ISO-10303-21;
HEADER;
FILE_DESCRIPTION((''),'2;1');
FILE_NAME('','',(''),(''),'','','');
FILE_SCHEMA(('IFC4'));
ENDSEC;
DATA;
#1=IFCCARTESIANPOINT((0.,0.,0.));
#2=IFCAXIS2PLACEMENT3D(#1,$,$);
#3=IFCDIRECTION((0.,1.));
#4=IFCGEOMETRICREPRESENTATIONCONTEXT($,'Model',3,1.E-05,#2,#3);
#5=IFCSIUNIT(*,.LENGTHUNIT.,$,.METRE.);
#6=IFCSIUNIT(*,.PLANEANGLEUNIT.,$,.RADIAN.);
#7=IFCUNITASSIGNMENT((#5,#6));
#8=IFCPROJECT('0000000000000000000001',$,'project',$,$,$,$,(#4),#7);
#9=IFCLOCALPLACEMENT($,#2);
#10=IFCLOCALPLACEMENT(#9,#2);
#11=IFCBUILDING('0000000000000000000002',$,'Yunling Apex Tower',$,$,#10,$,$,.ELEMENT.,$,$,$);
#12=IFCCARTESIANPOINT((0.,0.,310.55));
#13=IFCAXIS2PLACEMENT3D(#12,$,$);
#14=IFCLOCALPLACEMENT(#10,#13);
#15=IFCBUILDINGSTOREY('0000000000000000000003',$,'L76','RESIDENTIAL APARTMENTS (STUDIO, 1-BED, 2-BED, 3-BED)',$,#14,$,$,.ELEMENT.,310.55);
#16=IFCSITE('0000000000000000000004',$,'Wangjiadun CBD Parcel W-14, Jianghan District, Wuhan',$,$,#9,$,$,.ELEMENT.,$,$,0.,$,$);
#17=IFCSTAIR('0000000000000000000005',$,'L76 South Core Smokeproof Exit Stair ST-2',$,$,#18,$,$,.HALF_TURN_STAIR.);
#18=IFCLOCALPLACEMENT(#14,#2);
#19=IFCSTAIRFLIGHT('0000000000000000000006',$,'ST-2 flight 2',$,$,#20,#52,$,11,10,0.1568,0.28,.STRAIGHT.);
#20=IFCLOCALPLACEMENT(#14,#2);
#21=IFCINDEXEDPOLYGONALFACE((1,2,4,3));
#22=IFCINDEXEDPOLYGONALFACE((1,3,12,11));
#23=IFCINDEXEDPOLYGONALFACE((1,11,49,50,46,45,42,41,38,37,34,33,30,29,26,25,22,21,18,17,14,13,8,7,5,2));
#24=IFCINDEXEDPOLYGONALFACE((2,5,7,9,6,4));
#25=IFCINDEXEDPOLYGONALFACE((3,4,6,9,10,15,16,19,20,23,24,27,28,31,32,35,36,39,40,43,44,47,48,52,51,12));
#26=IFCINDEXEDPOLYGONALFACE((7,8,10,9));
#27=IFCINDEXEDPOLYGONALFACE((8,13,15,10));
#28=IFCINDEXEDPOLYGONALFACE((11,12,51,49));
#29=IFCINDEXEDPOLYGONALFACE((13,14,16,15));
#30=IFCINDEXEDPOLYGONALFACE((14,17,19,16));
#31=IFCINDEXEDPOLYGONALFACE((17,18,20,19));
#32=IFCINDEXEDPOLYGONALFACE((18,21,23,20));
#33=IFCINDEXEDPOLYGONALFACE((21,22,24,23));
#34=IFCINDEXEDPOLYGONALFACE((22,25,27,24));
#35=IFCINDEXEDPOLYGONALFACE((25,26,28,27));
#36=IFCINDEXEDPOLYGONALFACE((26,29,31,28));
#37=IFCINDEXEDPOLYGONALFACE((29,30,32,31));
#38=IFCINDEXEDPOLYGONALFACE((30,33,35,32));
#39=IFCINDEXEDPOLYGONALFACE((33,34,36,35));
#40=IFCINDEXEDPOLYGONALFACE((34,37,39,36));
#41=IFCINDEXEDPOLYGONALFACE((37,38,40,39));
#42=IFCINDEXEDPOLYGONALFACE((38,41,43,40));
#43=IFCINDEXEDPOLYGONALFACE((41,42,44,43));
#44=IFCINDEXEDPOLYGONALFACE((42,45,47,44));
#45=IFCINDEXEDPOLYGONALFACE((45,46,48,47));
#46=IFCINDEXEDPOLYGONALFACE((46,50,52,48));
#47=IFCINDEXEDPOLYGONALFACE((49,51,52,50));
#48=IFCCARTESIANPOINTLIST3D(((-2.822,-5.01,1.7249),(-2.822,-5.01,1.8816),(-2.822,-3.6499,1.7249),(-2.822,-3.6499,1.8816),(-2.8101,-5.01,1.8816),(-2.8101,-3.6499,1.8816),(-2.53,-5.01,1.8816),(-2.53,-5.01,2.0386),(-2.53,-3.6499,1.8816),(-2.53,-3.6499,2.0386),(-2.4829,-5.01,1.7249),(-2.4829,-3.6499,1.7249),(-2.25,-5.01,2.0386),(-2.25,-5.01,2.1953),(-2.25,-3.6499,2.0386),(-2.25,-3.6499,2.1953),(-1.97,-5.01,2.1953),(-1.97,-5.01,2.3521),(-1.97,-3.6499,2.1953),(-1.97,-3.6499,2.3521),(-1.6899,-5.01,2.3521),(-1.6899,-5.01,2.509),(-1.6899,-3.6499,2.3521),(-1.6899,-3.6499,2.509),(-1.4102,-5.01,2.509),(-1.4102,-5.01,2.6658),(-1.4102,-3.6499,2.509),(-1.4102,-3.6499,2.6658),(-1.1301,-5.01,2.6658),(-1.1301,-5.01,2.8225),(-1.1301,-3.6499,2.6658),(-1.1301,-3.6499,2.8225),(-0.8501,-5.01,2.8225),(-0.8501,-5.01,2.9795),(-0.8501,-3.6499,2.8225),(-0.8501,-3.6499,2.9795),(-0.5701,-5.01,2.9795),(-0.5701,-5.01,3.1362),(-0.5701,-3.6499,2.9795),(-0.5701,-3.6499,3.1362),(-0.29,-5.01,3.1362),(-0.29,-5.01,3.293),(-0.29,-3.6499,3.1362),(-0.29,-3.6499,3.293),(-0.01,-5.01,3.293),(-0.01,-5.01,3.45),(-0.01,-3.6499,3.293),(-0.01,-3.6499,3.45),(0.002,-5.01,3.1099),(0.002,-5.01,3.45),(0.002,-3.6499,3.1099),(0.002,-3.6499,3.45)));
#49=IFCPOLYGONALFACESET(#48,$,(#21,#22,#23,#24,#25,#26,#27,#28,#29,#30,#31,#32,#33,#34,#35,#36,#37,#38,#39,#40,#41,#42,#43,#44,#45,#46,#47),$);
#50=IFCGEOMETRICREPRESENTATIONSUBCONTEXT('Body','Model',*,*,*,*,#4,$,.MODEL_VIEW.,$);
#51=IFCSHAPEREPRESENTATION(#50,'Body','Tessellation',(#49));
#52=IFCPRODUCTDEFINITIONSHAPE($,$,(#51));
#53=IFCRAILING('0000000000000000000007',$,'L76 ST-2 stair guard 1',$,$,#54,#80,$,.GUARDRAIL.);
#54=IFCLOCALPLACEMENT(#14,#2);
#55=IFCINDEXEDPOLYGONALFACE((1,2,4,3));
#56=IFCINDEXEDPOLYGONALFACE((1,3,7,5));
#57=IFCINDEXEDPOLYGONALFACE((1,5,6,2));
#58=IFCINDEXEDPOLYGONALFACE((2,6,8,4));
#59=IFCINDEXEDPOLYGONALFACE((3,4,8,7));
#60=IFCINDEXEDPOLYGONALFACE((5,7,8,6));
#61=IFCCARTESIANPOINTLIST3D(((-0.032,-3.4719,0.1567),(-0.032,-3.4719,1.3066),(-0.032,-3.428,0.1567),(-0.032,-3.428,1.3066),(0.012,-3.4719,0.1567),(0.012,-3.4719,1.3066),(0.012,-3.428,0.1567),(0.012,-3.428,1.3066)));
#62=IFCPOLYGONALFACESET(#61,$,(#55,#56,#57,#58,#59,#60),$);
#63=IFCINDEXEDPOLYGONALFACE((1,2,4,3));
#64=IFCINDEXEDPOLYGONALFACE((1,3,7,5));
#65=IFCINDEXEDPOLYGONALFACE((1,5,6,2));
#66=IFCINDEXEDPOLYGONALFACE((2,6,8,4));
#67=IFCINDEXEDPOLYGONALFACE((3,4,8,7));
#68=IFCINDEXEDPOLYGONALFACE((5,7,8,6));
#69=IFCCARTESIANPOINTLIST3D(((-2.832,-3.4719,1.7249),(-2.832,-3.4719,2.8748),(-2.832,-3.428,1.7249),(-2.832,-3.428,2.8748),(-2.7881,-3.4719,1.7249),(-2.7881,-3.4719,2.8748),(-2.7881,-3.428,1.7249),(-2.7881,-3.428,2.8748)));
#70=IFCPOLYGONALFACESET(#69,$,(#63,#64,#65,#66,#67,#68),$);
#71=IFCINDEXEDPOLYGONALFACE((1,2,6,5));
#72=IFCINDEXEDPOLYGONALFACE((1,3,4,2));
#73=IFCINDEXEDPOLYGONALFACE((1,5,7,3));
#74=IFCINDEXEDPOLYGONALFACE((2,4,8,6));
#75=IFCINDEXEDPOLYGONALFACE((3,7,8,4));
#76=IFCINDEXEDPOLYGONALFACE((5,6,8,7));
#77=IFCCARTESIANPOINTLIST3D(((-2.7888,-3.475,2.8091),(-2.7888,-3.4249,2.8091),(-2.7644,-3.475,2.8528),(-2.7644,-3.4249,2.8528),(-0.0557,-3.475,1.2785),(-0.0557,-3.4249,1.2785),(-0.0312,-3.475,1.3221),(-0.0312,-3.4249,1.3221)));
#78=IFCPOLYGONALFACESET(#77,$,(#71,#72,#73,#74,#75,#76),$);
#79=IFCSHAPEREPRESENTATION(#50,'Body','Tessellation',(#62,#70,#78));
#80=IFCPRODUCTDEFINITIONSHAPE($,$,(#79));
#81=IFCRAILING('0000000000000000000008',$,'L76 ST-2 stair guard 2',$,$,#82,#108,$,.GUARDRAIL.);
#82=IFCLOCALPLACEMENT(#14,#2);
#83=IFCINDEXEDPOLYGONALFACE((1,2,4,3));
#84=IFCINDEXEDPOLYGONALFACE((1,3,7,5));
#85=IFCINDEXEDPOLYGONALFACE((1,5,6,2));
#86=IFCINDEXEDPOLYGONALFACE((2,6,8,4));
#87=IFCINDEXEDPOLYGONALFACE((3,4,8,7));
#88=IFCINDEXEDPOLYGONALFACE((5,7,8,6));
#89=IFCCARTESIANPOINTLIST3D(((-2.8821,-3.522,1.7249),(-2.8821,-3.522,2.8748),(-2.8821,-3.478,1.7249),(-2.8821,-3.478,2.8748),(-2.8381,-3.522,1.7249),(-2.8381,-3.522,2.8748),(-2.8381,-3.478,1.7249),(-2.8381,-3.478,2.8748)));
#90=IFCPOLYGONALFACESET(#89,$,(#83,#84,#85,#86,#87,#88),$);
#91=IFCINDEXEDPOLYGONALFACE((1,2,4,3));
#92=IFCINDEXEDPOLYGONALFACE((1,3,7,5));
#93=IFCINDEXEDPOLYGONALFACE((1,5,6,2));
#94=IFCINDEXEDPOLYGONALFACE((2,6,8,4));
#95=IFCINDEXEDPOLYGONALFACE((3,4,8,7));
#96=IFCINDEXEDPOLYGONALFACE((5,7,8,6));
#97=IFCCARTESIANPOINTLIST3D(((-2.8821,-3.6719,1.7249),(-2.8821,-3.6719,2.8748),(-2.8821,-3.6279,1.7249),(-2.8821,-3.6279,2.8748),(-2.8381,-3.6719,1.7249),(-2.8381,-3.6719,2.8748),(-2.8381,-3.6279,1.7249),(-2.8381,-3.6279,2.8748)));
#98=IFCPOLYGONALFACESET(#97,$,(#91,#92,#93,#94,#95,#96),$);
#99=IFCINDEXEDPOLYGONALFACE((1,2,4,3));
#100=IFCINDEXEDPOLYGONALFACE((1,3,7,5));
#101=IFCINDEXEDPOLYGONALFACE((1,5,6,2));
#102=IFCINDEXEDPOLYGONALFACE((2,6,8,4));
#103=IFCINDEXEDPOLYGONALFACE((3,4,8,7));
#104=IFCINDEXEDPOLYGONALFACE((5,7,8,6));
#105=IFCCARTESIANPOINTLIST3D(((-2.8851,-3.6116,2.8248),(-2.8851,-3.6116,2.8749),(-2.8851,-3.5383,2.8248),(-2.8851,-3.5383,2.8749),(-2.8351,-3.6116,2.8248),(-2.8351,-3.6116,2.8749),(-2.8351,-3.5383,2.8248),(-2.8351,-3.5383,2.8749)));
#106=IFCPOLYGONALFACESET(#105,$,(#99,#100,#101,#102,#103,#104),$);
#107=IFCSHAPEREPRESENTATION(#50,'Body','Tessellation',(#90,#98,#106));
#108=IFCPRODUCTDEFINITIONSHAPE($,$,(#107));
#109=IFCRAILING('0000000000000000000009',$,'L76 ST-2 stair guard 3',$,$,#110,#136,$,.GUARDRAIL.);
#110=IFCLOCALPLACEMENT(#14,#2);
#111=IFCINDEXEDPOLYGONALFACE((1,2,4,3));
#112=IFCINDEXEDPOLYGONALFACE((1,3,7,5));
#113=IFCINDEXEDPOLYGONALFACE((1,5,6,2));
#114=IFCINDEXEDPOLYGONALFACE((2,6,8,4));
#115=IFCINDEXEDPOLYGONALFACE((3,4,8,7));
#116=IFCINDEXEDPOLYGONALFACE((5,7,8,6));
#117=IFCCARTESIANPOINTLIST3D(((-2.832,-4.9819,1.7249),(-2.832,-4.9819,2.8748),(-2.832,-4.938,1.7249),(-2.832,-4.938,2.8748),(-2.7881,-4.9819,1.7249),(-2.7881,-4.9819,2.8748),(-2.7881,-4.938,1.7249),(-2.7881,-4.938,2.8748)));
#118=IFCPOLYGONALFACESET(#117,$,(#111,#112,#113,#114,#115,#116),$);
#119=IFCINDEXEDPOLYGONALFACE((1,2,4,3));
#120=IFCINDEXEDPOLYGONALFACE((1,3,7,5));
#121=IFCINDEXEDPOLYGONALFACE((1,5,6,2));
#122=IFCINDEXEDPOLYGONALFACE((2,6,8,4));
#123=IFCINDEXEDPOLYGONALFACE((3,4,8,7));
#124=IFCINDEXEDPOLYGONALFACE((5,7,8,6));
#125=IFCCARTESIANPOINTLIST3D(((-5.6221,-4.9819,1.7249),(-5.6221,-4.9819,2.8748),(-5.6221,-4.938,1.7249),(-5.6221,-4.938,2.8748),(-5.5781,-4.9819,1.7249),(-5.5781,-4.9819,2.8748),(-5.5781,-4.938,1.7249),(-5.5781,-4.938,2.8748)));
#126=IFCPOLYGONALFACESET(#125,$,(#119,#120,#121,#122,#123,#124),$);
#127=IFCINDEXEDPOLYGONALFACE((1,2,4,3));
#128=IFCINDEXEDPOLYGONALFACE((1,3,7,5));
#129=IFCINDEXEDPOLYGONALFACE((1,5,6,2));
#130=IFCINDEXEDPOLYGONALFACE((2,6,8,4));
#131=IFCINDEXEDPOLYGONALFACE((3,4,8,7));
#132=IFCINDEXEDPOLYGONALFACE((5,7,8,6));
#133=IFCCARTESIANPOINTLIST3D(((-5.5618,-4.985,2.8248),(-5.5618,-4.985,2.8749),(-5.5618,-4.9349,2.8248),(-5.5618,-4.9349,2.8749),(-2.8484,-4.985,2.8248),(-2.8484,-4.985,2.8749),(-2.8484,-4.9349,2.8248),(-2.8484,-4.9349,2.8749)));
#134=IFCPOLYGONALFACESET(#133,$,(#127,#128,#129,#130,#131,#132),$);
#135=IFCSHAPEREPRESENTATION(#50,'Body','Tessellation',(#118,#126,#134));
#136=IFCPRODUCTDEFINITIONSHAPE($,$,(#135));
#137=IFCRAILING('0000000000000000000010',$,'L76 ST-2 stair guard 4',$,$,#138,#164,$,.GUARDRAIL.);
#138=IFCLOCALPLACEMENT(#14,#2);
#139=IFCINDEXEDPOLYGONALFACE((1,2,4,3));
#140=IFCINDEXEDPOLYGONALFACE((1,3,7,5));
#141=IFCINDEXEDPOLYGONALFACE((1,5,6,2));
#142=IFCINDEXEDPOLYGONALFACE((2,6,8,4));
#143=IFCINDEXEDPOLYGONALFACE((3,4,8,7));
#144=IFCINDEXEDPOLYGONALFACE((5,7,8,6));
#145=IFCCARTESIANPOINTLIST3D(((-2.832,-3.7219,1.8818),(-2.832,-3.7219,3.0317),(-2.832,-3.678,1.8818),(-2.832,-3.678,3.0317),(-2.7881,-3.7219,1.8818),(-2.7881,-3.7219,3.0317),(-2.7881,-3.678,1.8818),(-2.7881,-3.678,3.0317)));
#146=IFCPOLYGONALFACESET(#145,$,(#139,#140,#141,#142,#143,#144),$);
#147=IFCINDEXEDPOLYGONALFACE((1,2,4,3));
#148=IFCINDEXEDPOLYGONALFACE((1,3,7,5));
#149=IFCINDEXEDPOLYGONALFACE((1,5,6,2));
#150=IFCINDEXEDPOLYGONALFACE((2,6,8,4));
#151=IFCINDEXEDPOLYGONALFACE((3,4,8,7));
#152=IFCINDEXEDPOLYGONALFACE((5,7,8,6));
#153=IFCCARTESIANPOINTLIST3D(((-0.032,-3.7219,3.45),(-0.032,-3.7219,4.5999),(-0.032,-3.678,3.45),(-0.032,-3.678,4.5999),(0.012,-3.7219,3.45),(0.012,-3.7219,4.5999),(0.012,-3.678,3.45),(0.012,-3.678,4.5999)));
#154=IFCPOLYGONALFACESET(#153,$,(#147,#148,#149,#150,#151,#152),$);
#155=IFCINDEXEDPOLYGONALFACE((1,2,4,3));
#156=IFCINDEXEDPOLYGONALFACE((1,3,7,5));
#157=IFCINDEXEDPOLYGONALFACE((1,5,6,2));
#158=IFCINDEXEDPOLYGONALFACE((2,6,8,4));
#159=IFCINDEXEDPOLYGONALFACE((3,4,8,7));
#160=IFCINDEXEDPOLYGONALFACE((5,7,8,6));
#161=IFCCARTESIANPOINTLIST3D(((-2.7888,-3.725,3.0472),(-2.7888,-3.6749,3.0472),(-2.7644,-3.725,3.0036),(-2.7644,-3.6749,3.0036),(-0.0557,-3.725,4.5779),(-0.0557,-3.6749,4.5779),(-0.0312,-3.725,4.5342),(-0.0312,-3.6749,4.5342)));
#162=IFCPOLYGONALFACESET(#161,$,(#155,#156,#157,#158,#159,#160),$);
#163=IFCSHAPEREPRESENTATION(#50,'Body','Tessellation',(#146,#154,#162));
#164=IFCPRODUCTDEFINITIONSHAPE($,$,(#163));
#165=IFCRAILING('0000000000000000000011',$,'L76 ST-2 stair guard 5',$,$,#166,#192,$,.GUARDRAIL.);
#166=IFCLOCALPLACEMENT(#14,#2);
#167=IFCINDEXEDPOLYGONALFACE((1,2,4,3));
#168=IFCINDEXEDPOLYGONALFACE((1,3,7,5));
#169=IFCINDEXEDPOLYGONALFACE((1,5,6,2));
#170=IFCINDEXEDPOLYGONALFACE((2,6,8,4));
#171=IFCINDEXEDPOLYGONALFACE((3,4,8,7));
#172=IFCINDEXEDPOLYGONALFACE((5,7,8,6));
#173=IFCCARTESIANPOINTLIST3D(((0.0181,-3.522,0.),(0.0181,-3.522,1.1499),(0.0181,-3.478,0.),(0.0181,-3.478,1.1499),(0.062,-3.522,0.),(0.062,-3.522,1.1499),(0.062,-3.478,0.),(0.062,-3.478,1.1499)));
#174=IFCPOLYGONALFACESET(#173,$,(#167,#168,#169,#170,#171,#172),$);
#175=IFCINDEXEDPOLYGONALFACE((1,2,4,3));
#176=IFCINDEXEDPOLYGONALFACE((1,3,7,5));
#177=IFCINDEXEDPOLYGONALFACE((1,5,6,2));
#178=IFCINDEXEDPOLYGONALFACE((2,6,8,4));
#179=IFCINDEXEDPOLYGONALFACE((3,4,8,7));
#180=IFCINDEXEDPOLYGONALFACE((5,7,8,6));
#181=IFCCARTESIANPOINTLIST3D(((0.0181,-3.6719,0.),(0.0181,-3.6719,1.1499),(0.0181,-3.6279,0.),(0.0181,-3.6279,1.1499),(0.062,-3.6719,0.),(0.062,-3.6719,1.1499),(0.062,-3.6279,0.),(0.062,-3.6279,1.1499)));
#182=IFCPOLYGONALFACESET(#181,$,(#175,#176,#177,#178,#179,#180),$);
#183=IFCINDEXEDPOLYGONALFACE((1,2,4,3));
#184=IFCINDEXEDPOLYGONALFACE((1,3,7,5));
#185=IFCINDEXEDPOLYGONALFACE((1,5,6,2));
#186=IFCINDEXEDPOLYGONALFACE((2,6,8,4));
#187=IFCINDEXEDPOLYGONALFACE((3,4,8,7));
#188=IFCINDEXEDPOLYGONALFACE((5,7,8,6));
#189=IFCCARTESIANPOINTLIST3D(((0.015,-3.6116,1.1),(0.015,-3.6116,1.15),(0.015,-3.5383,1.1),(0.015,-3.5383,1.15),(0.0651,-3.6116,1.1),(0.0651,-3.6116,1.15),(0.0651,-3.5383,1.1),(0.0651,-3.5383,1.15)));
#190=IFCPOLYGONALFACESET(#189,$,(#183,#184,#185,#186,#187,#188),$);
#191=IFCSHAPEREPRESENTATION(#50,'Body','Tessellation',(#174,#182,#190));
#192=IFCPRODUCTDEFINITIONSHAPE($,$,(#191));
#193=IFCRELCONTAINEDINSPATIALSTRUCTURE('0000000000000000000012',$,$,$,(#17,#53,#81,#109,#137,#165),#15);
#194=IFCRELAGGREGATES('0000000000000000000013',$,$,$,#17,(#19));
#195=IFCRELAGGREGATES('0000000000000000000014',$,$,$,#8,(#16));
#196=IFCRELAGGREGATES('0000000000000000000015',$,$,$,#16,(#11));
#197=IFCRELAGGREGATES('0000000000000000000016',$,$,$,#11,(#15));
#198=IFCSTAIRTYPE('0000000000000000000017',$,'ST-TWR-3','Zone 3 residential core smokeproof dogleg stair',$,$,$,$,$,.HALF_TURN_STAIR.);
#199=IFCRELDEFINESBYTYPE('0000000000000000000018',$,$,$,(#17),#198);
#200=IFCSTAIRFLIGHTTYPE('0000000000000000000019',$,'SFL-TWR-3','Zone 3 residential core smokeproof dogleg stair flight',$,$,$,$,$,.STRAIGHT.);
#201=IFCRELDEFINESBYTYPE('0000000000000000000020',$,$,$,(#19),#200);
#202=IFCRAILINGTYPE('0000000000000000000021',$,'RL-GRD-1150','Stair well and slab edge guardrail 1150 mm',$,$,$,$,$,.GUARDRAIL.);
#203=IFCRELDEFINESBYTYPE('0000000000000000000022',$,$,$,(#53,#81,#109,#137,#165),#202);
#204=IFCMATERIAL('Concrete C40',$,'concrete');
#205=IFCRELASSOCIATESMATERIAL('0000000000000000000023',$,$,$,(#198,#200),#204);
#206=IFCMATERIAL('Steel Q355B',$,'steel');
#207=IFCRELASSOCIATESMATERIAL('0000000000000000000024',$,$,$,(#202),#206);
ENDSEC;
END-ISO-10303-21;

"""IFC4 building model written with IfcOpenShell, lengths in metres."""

from ifc_helpers import new_model, si_unit, direction, frame, origin, origin_2d, place, context, subcontext, project, spatial, polyline, rectangle, outline, extrude, material, type_object, element, aggregate, save


model = new_model("IFC4")

# Units and contexts
model_context = context("Model", 3, precision=1e-05, world=origin(), true_north=direction((0.0, 1.0)))
body_context = subcontext(model_context, "Body", "Model", "MODEL_VIEW")
ifc_project = project(units=[si_unit("LENGTHUNIT", "METRE"), si_unit("PLANEANGLEUNIT", "RADIAN")], contexts=[model_context])

# Site, building, storey
site_placement = place(None, origin())
site = spatial("IfcSite", under=ifc_project, at=site_placement, Name="Wangjiadun CBD Parcel W-14, Jianghan District, Wuhan", CompositionType="ELEMENT", RefElevation=0.0)
building_placement = place(site_placement, origin())
building = spatial("IfcBuilding", under=site, at=building_placement, Name="Yunling Apex Tower", CompositionType="ELEMENT")
storey_placement = place(building_placement, frame((0.0, 0.0, 310.55)))
storey = spatial("IfcBuildingStorey", under=building, at=storey_placement, Name="L76", Description="RESIDENTIAL APARTMENTS (STUDIO, 1-BED, 2-BED, 3-BED)", CompositionType="ELEMENT", Elevation=310.55)

# Shared definitions
ifc_material_1 = material(Name="Steel Q355B", Category="steel")

# Shared definitions
ifc_material_2 = material(Name="Concrete C40", Category="concrete")

# Stair, stair flight
stair_type = type_object("IfcStairType", Name="ST-TWR-3", Description="Zone 3 residential core smokeproof dogleg stair", PredefinedType="HALF_TURN_STAIR", material=ifc_material_2)
stair_placement = place(storey_placement, origin())
stair = element("IfcStair", 1, at=stair_placement, inside=storey, type_object=stair_type, Name="L76 South Core Smokeproof Exit Stair ST-2", PredefinedType="HALF_TURN_STAIR")
stair_flight_type = type_object("IfcStairFlightType", Name="SFL-TWR-3", Description="Zone 3 residential core smokeproof dogleg stair flight", PredefinedType="STRAIGHT", material=ifc_material_2)
stair_flight_1_placement = place(storey_placement, frame((-2.8101, -4.3301, 1.7249), z_axis=(0.0, 0.0, 1.0), x_axis=(1.0, 0.0, 0.0)))
stair_flight_1 = element("IfcStairFlight", 2, at=stair_flight_1_placement, type_object=stair_flight_type, Name="ST-2 flight 2", NumberOfRisers=11, NumberOfTreads=10, PredefinedType="STRAIGHT", RiserHeight=0.1568, TreadLength=0.28, context=body_context, shape_type="SweptSolid", body=[
    extrude(outline(polyline([(-0.012, 0.0), (-0.012, 0.1567), (0.0, 0.1567), (0.28, 0.1567), (0.28, 0.3137), (0.5601, 0.3137), (0.5601, 0.4705), (0.8401, 0.4705), (0.8401, 0.6272), (1.1201, 0.6272), (1.1201, 0.7842), (1.3999, 0.7842), (1.3999, 0.9409), (1.6799, 0.9409), (1.6799, 1.0977), (1.96, 1.0977), (1.96, 1.2546), (2.24, 1.2546), (2.24, 1.4114), (2.52, 1.4114), (2.52, 1.5681), (2.8, 1.5681), (2.8, 1.7251), (2.812, 1.7251), (2.812, 1.385), (0.3271, 0.0), (-0.012, 0.0)])), frame((0.0, 0.6802, 0.0), z_axis=(0.0, -1.0, 0.0), x_axis=(1.0, 0.0, 0.0)), (0.0, 0.0, 1.0), 1.3601),
])
aggregate(stair, [stair_flight_1])

# Railings
railing_type_1 = type_object("IfcRailingType", Name="RL-GRD-1150", Description="Stair well and slab edge guardrail 1150 mm", PredefinedType="GUARDRAIL", material=ifc_material_1)
railing_1_placement = place(storey_placement, frame((-0.01, -3.45, 0.1567)))
element("IfcRailing", 3, at=railing_1_placement, inside=storey, type_object=railing_type_1, Name="L76 ST-2 stair guard 1", PredefinedType="GUARDRAIL", context=body_context, shape_type="SweptSolid", body=[
    extrude(rectangle(XDim=0.0439, YDim=0.0439, at=origin_2d()), origin(), (0.0, 0.0, 1.0), 1.1499),
    extrude(rectangle(XDim=0.0439, YDim=0.0439, at=origin_2d()), frame((-2.8, 0.0, 1.5681)), (0.0, 0.0, 1.0), 1.1499),
    extrude(rectangle(XDim=0.05, YDim=0.05, at=origin_2d()), frame((-0.0334, 0.0, 1.1436), z_axis=(-0.872494, 0.0, 0.488624), x_axis=(0.0, -1.0, 0.0)), (0.0, 0.0, 1.0), 3.1326),
])
railing_2_placement = place(storey_placement, frame((-2.8601, -3.5, 1.7249)))
element("IfcRailing", 4, at=railing_2_placement, inside=storey, type_object=railing_type_1, Name="L76 ST-2 stair guard 2", PredefinedType="GUARDRAIL", context=body_context, shape_type="SweptSolid", body=[
    extrude(rectangle(XDim=0.0439, YDim=0.0439, at=origin_2d()), origin(), (0.0, 0.0, 1.0), 1.1499),
    extrude(rectangle(XDim=0.0439, YDim=0.0439, at=origin_2d()), frame((0.0, -0.1499, 0.0)), (0.0, 0.0, 1.0), 1.1499),
    extrude(rectangle(XDim=0.05, YDim=0.05, at=origin_2d()), frame((0.0, -0.0383, 1.125), z_axis=(0.0, -1.0, 0.0), x_axis=(1.0, 0.0, 0.0)), (0.0, 0.0, 1.0), 0.0732),
])
railing_3_placement = place(storey_placement, frame((-2.8101, -4.96, 1.7249)))
element("IfcRailing", 5, at=railing_3_placement, inside=storey, type_object=railing_type_1, Name="L76 ST-2 stair guard 3", PredefinedType="GUARDRAIL", context=body_context, shape_type="SweptSolid", body=[
    extrude(rectangle(XDim=0.0439, YDim=0.0439, at=origin_2d()), origin(), (0.0, 0.0, 1.0), 1.1499),
    extrude(rectangle(XDim=0.0439, YDim=0.0439, at=origin_2d()), frame((-2.79, 0.0, 0.0)), (0.0, 0.0, 1.0), 1.1499),
    extrude(rectangle(XDim=0.05, YDim=0.05, at=origin_2d()), frame((-0.0383, 0.0, 1.125), z_axis=(-1.0, 0.0, 0.0), x_axis=(0.0, -1.0, 0.0)), (0.0, 0.0, 1.0), 2.7134),
])
railing_4_placement = place(storey_placement, frame((-2.8101, -3.7, 1.8818)))
element("IfcRailing", 6, at=railing_4_placement, inside=storey, type_object=railing_type_1, Name="L76 ST-2 stair guard 4", PredefinedType="GUARDRAIL", context=body_context, shape_type="SweptSolid", body=[
    extrude(rectangle(XDim=0.0439, YDim=0.0439, at=origin_2d()), origin(), (0.0, 0.0, 1.0), 1.1499),
    extrude(rectangle(XDim=0.0439, YDim=0.0439, at=origin_2d()), frame((2.8, 0.0, 1.5681)), (0.0, 0.0, 1.0), 1.1499),
    extrude(rectangle(XDim=0.05, YDim=0.05, at=origin_2d()), frame((0.0334, 0.0, 1.1436), z_axis=(0.872494, 0.0, 0.488624), x_axis=(0.0, 1.0, 0.0)), (0.0, 0.0, 1.0), 3.1326),
])
railing_5_placement = place(storey_placement, frame((0.04, -3.5, 0.0)))
element("IfcRailing", 7, at=railing_5_placement, inside=storey, type_object=railing_type_1, Name="L76 ST-2 stair guard 5", PredefinedType="GUARDRAIL", context=body_context, shape_type="SweptSolid", body=[
    extrude(rectangle(XDim=0.0439, YDim=0.0439, at=origin_2d()), origin(), (0.0, 0.0, 1.0), 1.1499),
    extrude(rectangle(XDim=0.0439, YDim=0.0439, at=origin_2d()), frame((0.0, -0.1499, 0.0)), (0.0, 0.0, 1.0), 1.1499),
    extrude(rectangle(XDim=0.05, YDim=0.05, at=origin_2d()), frame((0.0, -0.0383, 1.125), z_axis=(0.0, -1.0, 0.0), x_axis=(1.0, 0.0, 0.0)), (0.0, 0.0, 1.0), 0.0732),
])

save(model, "model.ifc")
